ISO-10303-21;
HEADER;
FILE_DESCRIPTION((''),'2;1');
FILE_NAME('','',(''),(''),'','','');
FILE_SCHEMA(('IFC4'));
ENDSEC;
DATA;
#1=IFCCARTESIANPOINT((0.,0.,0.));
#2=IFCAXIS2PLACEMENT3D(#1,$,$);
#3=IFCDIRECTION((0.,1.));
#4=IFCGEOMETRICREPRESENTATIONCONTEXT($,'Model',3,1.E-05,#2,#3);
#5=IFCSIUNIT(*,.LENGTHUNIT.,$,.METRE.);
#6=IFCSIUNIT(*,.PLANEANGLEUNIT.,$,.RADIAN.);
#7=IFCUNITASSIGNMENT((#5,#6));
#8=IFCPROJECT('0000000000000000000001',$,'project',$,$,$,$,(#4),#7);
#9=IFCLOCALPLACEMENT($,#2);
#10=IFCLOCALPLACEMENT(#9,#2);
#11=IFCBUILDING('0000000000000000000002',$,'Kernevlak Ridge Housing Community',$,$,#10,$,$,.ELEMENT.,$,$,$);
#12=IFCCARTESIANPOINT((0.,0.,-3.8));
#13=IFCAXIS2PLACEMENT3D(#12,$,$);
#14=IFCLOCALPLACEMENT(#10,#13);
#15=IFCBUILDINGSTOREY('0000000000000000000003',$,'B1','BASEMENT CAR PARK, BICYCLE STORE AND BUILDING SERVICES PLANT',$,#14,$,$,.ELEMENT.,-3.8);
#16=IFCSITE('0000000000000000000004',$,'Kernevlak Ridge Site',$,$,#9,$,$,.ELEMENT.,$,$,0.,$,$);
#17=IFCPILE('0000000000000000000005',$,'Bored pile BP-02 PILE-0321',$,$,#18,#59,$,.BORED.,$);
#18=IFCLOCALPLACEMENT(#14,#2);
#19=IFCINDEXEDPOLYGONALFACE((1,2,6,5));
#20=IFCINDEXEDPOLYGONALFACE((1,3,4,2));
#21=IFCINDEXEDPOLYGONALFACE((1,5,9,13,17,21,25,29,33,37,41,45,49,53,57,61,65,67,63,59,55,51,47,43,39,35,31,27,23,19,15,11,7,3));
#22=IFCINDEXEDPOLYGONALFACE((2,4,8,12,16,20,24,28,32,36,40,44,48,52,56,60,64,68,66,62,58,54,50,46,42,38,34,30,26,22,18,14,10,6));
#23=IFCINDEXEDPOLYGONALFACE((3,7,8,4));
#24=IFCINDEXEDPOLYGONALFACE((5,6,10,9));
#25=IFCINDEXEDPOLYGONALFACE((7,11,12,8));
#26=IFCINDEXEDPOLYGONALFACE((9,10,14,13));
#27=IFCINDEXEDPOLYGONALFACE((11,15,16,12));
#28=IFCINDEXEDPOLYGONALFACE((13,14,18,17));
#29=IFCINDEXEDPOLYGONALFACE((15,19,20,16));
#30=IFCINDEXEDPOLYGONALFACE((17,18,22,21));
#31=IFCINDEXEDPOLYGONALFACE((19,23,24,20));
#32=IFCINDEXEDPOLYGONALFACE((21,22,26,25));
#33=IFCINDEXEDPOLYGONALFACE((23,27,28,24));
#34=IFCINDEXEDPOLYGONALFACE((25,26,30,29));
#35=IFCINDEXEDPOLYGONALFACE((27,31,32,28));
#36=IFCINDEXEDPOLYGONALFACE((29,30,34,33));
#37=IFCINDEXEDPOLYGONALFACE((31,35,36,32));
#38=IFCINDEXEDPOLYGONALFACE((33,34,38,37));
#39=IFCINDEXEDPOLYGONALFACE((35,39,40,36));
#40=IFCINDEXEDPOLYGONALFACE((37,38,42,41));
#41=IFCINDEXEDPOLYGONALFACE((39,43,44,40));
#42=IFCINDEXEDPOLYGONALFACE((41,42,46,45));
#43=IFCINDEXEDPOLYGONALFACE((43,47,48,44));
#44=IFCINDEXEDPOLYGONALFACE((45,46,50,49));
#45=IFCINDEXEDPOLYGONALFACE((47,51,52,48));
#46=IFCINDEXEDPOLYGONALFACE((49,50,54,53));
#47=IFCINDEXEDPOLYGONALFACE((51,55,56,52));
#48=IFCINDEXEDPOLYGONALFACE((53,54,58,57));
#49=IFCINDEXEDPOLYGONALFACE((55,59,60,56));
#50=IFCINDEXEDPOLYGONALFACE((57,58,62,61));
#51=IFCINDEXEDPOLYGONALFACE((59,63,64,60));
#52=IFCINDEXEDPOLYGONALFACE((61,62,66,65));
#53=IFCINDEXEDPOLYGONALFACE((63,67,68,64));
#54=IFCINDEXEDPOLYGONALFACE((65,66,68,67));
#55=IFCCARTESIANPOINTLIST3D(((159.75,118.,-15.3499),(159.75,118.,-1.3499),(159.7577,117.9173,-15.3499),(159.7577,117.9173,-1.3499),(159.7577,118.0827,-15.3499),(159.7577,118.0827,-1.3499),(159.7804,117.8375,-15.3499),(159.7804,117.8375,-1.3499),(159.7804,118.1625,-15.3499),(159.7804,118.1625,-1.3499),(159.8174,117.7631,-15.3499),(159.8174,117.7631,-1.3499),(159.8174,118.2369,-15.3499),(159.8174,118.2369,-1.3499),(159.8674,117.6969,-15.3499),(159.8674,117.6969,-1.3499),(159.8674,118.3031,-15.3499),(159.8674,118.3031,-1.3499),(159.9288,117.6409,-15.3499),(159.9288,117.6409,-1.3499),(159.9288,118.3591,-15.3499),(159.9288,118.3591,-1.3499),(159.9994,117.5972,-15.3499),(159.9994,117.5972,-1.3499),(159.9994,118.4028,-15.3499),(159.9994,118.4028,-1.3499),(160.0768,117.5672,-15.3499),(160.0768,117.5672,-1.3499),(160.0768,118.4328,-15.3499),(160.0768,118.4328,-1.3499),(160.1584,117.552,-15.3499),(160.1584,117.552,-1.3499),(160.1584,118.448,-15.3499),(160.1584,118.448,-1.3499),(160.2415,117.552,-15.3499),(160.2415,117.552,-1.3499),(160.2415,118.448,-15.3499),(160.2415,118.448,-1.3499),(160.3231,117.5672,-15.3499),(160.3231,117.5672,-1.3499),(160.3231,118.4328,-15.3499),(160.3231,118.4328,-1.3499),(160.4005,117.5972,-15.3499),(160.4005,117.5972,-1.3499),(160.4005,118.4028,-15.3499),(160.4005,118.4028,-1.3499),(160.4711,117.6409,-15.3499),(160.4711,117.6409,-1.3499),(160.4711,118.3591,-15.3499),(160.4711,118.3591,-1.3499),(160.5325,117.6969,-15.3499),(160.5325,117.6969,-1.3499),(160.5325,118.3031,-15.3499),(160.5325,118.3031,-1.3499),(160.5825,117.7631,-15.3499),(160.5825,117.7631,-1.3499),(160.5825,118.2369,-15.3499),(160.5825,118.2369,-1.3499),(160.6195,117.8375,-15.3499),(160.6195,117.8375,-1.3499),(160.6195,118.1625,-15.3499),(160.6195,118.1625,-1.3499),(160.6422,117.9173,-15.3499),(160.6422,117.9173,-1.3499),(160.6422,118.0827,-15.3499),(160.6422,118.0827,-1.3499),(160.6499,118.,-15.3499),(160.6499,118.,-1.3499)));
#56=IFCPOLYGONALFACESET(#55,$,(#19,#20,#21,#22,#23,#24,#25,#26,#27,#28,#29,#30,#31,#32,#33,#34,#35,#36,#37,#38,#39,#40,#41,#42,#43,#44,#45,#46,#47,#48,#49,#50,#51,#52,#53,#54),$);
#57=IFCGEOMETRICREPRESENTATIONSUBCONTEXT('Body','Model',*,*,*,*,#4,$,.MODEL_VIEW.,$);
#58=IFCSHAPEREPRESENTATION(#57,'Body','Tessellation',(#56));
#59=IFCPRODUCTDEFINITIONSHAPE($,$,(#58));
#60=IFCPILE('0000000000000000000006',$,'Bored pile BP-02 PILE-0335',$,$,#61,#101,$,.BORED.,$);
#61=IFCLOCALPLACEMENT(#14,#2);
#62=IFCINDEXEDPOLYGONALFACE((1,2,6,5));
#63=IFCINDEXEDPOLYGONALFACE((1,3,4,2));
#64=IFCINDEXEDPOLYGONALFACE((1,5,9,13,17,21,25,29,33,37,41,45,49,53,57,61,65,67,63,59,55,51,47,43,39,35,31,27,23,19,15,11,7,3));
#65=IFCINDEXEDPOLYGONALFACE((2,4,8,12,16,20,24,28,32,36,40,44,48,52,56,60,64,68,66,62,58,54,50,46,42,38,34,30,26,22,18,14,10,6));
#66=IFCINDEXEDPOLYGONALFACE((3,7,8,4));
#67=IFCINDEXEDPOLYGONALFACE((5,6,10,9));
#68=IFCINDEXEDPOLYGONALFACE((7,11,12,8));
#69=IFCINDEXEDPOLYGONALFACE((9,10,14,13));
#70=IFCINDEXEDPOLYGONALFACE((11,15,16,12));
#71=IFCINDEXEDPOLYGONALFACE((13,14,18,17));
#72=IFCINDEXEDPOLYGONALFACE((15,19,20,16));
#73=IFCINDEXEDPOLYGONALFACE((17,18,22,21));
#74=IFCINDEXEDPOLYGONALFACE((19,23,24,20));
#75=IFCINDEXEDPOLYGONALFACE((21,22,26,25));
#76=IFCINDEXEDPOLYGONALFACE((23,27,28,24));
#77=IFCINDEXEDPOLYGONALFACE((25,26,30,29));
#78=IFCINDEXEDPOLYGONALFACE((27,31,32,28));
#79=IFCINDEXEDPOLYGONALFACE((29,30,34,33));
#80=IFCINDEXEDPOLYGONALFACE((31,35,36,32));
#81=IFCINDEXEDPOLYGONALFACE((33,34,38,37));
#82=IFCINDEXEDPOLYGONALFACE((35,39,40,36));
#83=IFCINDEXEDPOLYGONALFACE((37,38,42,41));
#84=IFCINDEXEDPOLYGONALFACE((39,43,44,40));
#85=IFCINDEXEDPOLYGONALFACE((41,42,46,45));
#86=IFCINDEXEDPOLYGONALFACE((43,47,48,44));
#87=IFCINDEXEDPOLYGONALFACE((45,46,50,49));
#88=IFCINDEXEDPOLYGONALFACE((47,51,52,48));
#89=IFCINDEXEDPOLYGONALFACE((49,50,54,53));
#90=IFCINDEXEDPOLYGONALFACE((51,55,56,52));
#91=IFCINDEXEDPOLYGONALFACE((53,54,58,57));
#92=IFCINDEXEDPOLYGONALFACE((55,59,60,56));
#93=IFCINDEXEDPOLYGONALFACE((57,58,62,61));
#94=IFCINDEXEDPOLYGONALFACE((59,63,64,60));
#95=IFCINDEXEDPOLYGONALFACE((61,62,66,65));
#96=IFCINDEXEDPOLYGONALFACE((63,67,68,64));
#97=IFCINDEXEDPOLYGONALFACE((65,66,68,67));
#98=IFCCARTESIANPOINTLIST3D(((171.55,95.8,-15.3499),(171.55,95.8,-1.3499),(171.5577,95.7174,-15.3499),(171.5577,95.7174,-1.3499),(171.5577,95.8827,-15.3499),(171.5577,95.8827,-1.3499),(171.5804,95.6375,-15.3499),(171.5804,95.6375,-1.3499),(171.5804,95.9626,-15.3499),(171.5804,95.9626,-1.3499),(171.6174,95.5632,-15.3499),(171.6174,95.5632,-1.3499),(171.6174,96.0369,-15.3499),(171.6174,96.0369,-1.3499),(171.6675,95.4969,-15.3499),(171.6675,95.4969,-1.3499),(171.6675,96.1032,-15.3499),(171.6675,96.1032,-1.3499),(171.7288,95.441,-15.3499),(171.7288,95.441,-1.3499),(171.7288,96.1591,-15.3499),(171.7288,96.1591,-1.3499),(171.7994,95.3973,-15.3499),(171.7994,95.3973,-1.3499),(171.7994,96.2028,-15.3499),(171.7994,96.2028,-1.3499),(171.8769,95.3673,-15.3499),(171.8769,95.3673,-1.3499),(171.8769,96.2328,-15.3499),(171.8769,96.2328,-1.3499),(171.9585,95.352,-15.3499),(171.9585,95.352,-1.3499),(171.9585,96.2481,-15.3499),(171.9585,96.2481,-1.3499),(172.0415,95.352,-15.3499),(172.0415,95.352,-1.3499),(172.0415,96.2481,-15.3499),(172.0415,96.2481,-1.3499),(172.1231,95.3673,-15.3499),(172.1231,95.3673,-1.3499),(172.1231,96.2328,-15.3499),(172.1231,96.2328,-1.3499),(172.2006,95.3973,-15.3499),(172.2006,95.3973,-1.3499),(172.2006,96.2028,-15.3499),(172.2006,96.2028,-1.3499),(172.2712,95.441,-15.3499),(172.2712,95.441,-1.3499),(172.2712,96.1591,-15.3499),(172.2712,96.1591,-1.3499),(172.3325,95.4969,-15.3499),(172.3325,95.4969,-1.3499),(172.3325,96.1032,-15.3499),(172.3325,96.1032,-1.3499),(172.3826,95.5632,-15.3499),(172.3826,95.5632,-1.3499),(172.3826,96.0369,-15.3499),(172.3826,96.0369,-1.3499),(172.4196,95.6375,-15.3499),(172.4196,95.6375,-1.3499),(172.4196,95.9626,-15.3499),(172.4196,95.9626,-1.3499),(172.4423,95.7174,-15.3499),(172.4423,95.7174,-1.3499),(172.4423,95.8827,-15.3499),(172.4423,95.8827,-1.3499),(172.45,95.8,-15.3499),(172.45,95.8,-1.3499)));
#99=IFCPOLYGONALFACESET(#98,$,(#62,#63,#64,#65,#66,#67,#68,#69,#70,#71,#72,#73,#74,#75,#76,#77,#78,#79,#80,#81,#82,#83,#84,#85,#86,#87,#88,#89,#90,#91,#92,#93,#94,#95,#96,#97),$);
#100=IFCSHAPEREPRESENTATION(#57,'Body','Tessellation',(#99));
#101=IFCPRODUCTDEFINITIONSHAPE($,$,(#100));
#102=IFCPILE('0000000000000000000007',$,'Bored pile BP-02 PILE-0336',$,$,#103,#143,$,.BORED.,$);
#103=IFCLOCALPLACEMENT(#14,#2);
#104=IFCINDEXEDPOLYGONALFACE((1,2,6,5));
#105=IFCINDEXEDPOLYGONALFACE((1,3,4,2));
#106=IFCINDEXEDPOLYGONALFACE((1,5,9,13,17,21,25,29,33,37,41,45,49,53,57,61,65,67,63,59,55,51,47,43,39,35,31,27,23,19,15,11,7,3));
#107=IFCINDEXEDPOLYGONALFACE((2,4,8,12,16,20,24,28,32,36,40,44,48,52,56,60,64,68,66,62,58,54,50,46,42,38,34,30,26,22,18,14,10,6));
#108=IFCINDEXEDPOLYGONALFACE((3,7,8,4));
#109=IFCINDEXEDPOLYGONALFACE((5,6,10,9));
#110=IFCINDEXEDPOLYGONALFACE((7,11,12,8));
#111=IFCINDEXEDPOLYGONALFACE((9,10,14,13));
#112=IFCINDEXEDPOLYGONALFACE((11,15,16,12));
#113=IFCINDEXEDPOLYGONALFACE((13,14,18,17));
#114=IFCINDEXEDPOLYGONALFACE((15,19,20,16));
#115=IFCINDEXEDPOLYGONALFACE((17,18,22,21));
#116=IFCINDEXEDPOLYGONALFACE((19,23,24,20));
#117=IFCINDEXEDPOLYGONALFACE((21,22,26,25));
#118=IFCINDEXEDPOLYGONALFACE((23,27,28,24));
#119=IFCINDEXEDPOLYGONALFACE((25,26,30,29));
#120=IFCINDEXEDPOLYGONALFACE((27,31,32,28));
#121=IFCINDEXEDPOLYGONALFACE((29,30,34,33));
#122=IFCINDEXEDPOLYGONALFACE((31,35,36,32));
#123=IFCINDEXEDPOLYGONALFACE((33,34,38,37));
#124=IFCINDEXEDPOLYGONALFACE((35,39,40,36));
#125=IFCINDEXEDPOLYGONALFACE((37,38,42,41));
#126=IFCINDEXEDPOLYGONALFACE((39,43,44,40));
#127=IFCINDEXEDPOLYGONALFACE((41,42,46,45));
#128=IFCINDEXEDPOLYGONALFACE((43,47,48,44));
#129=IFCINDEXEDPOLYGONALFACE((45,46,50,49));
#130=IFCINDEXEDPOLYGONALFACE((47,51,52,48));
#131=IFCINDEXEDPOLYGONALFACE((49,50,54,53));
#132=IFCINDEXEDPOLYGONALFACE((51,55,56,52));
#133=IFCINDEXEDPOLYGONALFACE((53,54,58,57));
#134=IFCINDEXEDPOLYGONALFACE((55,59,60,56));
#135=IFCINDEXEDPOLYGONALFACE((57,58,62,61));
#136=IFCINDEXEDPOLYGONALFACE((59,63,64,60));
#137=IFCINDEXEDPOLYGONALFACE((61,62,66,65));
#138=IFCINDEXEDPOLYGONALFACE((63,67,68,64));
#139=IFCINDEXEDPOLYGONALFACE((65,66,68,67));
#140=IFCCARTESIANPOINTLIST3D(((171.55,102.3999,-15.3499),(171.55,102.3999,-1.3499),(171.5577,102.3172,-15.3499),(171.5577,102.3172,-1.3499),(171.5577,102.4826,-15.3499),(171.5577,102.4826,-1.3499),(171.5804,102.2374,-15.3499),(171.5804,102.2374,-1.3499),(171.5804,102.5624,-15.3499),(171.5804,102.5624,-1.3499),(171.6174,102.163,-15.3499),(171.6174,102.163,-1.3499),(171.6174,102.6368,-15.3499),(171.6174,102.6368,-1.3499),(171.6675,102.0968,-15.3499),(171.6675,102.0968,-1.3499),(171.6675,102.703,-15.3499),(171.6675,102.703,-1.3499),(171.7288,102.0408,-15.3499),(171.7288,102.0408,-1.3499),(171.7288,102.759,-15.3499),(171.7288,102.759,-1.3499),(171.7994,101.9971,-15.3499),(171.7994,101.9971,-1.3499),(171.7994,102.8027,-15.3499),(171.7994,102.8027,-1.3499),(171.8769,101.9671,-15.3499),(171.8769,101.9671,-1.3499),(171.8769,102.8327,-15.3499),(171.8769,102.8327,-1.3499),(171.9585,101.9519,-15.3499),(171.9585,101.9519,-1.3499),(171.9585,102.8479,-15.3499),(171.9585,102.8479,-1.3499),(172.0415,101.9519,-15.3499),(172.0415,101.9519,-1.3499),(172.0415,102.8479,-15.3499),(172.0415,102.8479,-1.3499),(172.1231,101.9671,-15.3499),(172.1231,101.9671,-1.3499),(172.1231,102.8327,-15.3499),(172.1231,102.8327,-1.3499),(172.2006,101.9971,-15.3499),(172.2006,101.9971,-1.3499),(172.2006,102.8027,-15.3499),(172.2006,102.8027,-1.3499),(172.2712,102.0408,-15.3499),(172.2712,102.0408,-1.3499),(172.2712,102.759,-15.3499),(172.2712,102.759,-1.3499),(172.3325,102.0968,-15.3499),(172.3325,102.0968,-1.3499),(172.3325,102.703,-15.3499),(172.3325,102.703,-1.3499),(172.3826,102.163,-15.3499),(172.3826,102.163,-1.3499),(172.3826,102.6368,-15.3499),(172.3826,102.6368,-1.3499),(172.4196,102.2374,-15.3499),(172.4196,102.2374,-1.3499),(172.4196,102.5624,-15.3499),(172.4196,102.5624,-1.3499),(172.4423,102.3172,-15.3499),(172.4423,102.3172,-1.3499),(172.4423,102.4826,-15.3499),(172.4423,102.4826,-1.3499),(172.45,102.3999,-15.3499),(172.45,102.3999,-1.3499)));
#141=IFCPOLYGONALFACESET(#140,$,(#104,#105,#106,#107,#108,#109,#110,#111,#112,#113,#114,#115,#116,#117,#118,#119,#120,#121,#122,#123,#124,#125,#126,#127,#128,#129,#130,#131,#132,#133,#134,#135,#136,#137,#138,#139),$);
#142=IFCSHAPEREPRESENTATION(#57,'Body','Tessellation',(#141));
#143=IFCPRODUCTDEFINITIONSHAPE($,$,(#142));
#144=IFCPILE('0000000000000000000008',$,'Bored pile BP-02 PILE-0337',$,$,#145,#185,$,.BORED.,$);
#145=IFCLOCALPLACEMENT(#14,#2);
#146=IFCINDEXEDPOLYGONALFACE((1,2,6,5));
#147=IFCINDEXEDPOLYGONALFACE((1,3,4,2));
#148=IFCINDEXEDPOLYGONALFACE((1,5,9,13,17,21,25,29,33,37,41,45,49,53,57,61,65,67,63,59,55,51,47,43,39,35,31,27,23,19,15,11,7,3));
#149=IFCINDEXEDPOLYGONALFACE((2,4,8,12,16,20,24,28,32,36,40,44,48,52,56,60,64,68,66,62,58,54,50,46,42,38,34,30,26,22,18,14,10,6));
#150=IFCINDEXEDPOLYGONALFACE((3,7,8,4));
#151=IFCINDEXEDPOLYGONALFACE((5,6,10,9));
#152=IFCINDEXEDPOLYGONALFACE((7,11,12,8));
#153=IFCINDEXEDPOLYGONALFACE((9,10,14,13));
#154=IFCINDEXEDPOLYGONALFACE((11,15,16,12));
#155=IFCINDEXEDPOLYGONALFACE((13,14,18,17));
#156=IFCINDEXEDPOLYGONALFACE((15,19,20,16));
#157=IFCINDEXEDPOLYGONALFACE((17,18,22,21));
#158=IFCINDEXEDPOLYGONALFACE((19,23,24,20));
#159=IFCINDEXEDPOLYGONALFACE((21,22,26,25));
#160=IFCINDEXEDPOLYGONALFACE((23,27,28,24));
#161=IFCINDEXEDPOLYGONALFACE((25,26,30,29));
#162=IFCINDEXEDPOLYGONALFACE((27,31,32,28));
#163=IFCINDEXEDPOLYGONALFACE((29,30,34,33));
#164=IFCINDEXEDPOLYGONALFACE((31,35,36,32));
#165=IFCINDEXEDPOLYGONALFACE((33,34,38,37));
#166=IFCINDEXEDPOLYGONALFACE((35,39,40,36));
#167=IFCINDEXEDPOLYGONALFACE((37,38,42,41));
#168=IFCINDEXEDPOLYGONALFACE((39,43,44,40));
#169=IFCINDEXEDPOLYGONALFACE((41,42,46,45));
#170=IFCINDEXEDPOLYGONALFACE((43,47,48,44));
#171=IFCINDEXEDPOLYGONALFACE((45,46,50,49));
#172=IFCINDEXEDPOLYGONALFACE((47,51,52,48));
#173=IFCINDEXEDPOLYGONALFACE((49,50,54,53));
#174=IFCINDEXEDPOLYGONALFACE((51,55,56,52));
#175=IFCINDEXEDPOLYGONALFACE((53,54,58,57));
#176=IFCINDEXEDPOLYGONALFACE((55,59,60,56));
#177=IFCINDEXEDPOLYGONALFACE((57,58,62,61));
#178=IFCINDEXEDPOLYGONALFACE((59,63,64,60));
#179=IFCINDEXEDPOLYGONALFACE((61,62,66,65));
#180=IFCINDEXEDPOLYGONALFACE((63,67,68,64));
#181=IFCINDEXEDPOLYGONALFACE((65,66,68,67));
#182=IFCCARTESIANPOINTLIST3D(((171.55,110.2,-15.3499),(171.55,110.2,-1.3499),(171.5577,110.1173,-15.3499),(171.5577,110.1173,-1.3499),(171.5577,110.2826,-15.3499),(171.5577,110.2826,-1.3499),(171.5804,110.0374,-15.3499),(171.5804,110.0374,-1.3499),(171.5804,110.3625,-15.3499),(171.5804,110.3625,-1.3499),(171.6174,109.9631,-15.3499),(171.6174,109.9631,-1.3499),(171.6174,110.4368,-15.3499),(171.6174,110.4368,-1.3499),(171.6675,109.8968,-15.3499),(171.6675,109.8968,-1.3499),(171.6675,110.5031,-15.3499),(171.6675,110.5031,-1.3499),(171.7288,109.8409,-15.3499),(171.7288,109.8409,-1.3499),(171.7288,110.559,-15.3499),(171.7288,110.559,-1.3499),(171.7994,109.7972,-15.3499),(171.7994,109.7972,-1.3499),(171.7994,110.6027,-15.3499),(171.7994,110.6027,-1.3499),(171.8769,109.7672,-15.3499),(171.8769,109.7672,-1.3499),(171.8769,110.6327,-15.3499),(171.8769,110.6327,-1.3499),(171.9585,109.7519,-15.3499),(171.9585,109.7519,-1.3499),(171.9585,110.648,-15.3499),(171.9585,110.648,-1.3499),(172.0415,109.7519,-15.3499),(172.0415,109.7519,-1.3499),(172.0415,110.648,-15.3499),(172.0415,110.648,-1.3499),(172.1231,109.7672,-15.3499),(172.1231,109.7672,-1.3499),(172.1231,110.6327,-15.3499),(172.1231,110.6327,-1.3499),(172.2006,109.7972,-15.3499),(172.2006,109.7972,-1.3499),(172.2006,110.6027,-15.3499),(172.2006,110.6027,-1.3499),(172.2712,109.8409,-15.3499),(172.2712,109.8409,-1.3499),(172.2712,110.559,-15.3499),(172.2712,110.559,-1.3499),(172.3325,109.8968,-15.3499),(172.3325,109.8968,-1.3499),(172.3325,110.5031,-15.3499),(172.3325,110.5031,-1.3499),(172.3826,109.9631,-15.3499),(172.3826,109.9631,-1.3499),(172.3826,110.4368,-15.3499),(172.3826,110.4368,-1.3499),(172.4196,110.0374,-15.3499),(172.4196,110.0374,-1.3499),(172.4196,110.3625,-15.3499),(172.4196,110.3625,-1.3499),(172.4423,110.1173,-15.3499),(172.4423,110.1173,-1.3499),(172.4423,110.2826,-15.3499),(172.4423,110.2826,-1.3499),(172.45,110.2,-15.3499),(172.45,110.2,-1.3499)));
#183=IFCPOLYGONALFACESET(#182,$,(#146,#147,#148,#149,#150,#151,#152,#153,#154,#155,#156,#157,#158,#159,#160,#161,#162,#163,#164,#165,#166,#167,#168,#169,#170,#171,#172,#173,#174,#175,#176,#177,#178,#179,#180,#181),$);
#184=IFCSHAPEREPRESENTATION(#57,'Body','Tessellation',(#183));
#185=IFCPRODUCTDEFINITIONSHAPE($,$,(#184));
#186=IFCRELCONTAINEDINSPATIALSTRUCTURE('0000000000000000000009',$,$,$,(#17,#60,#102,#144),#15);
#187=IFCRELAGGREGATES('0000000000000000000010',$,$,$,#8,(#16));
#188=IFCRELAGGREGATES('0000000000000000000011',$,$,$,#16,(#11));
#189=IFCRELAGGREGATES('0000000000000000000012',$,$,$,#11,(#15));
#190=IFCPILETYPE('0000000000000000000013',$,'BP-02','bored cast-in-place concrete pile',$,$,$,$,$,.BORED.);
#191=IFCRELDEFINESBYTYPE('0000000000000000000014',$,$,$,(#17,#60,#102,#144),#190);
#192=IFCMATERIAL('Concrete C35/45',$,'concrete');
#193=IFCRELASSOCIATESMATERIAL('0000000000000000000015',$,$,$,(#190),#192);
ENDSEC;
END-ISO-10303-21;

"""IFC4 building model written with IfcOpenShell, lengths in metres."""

from ifc_helpers import new_model, si_unit, direction, frame, origin, origin_2d, place, context, subcontext, project, spatial, circle, extrude, material, material_profile, profile_set, type_object, element, save


model = new_model("IFC4")

# Units and contexts
model_context = context("Model", 3, precision=1e-05, world=origin(), true_north=direction((0.0, 1.0)))
body_context = subcontext(model_context, "Body", "Model", "MODEL_VIEW")
ifc_project = project(units=[si_unit("LENGTHUNIT", "METRE"), si_unit("PLANEANGLEUNIT", "RADIAN")], contexts=[model_context])

# Site, building, storey
site_placement = place(None, origin())
site = spatial("IfcSite", under=ifc_project, at=site_placement, Name="Kernevlak Ridge Site", CompositionType="ELEMENT", RefElevation=0.0)
building_placement = place(site_placement, origin())
building = spatial("IfcBuilding", under=site, at=building_placement, Name="Kernevlak Ridge Housing Community", CompositionType="ELEMENT")
storey_placement = place(building_placement, frame((0.0, 0.0, -3.8)))
storey = spatial("IfcBuildingStorey", under=building, at=storey_placement, Name="B1", Description="BASEMENT CAR PARK, BICYCLE STORE AND BUILDING SERVICES PLANT", CompositionType="ELEMENT", Elevation=-3.8)

# Piles
ifc_material_1 = material(Name="Concrete C35/45", Category="concrete")
ifc_material_profile_1 = material_profile(ifc_material_1, circle(Radius=0.45, at=origin_2d()), Name="BORED PILE 900")
ifc_profile_set_1 = profile_set([ifc_material_profile_1], Name="Concrete C35/45")
pile_type_1 = type_object("IfcPileType", Name="BP-02", Description="bored cast-in-place concrete pile", PredefinedType="BORED", material=ifc_profile_set_1)
for number, where, z_axis, x_axis, name in (
    (1, (160.2, 118.0, -1.3499), (0.0, 0.0, -1.0), (1.0, 0.0, 0.0), "Bored pile BP-02 PILE-0321"),
    (2, (172.0, 95.8, -1.3499), (0.0, 0.0, -1.0), (1.0, 0.0, 0.0), "Bored pile BP-02 PILE-0335"),
    (3, (172.0, 102.3999, -1.3499), (0.0, 0.0, -1.0), (1.0, 0.0, 0.0), "Bored pile BP-02 PILE-0336"),
    (4, (172.0, 110.2, -1.3499), (0.0, 0.0, -1.0), (1.0, 0.0, 0.0), "Bored pile BP-02 PILE-0337"),
):
    element("IfcPile", number, at=place(storey_placement, frame(where, z_axis=z_axis, x_axis=x_axis)), inside=storey, type_object=pile_type_1, Name=name, PredefinedType="BORED", context=body_context, shape_type="SweptSolid", body=[
        extrude(circle(Radius=0.45, at=origin_2d()), origin(), (0.0, 0.0, 1.0), 14.0),
    ])

save(model, "model.ifc")
